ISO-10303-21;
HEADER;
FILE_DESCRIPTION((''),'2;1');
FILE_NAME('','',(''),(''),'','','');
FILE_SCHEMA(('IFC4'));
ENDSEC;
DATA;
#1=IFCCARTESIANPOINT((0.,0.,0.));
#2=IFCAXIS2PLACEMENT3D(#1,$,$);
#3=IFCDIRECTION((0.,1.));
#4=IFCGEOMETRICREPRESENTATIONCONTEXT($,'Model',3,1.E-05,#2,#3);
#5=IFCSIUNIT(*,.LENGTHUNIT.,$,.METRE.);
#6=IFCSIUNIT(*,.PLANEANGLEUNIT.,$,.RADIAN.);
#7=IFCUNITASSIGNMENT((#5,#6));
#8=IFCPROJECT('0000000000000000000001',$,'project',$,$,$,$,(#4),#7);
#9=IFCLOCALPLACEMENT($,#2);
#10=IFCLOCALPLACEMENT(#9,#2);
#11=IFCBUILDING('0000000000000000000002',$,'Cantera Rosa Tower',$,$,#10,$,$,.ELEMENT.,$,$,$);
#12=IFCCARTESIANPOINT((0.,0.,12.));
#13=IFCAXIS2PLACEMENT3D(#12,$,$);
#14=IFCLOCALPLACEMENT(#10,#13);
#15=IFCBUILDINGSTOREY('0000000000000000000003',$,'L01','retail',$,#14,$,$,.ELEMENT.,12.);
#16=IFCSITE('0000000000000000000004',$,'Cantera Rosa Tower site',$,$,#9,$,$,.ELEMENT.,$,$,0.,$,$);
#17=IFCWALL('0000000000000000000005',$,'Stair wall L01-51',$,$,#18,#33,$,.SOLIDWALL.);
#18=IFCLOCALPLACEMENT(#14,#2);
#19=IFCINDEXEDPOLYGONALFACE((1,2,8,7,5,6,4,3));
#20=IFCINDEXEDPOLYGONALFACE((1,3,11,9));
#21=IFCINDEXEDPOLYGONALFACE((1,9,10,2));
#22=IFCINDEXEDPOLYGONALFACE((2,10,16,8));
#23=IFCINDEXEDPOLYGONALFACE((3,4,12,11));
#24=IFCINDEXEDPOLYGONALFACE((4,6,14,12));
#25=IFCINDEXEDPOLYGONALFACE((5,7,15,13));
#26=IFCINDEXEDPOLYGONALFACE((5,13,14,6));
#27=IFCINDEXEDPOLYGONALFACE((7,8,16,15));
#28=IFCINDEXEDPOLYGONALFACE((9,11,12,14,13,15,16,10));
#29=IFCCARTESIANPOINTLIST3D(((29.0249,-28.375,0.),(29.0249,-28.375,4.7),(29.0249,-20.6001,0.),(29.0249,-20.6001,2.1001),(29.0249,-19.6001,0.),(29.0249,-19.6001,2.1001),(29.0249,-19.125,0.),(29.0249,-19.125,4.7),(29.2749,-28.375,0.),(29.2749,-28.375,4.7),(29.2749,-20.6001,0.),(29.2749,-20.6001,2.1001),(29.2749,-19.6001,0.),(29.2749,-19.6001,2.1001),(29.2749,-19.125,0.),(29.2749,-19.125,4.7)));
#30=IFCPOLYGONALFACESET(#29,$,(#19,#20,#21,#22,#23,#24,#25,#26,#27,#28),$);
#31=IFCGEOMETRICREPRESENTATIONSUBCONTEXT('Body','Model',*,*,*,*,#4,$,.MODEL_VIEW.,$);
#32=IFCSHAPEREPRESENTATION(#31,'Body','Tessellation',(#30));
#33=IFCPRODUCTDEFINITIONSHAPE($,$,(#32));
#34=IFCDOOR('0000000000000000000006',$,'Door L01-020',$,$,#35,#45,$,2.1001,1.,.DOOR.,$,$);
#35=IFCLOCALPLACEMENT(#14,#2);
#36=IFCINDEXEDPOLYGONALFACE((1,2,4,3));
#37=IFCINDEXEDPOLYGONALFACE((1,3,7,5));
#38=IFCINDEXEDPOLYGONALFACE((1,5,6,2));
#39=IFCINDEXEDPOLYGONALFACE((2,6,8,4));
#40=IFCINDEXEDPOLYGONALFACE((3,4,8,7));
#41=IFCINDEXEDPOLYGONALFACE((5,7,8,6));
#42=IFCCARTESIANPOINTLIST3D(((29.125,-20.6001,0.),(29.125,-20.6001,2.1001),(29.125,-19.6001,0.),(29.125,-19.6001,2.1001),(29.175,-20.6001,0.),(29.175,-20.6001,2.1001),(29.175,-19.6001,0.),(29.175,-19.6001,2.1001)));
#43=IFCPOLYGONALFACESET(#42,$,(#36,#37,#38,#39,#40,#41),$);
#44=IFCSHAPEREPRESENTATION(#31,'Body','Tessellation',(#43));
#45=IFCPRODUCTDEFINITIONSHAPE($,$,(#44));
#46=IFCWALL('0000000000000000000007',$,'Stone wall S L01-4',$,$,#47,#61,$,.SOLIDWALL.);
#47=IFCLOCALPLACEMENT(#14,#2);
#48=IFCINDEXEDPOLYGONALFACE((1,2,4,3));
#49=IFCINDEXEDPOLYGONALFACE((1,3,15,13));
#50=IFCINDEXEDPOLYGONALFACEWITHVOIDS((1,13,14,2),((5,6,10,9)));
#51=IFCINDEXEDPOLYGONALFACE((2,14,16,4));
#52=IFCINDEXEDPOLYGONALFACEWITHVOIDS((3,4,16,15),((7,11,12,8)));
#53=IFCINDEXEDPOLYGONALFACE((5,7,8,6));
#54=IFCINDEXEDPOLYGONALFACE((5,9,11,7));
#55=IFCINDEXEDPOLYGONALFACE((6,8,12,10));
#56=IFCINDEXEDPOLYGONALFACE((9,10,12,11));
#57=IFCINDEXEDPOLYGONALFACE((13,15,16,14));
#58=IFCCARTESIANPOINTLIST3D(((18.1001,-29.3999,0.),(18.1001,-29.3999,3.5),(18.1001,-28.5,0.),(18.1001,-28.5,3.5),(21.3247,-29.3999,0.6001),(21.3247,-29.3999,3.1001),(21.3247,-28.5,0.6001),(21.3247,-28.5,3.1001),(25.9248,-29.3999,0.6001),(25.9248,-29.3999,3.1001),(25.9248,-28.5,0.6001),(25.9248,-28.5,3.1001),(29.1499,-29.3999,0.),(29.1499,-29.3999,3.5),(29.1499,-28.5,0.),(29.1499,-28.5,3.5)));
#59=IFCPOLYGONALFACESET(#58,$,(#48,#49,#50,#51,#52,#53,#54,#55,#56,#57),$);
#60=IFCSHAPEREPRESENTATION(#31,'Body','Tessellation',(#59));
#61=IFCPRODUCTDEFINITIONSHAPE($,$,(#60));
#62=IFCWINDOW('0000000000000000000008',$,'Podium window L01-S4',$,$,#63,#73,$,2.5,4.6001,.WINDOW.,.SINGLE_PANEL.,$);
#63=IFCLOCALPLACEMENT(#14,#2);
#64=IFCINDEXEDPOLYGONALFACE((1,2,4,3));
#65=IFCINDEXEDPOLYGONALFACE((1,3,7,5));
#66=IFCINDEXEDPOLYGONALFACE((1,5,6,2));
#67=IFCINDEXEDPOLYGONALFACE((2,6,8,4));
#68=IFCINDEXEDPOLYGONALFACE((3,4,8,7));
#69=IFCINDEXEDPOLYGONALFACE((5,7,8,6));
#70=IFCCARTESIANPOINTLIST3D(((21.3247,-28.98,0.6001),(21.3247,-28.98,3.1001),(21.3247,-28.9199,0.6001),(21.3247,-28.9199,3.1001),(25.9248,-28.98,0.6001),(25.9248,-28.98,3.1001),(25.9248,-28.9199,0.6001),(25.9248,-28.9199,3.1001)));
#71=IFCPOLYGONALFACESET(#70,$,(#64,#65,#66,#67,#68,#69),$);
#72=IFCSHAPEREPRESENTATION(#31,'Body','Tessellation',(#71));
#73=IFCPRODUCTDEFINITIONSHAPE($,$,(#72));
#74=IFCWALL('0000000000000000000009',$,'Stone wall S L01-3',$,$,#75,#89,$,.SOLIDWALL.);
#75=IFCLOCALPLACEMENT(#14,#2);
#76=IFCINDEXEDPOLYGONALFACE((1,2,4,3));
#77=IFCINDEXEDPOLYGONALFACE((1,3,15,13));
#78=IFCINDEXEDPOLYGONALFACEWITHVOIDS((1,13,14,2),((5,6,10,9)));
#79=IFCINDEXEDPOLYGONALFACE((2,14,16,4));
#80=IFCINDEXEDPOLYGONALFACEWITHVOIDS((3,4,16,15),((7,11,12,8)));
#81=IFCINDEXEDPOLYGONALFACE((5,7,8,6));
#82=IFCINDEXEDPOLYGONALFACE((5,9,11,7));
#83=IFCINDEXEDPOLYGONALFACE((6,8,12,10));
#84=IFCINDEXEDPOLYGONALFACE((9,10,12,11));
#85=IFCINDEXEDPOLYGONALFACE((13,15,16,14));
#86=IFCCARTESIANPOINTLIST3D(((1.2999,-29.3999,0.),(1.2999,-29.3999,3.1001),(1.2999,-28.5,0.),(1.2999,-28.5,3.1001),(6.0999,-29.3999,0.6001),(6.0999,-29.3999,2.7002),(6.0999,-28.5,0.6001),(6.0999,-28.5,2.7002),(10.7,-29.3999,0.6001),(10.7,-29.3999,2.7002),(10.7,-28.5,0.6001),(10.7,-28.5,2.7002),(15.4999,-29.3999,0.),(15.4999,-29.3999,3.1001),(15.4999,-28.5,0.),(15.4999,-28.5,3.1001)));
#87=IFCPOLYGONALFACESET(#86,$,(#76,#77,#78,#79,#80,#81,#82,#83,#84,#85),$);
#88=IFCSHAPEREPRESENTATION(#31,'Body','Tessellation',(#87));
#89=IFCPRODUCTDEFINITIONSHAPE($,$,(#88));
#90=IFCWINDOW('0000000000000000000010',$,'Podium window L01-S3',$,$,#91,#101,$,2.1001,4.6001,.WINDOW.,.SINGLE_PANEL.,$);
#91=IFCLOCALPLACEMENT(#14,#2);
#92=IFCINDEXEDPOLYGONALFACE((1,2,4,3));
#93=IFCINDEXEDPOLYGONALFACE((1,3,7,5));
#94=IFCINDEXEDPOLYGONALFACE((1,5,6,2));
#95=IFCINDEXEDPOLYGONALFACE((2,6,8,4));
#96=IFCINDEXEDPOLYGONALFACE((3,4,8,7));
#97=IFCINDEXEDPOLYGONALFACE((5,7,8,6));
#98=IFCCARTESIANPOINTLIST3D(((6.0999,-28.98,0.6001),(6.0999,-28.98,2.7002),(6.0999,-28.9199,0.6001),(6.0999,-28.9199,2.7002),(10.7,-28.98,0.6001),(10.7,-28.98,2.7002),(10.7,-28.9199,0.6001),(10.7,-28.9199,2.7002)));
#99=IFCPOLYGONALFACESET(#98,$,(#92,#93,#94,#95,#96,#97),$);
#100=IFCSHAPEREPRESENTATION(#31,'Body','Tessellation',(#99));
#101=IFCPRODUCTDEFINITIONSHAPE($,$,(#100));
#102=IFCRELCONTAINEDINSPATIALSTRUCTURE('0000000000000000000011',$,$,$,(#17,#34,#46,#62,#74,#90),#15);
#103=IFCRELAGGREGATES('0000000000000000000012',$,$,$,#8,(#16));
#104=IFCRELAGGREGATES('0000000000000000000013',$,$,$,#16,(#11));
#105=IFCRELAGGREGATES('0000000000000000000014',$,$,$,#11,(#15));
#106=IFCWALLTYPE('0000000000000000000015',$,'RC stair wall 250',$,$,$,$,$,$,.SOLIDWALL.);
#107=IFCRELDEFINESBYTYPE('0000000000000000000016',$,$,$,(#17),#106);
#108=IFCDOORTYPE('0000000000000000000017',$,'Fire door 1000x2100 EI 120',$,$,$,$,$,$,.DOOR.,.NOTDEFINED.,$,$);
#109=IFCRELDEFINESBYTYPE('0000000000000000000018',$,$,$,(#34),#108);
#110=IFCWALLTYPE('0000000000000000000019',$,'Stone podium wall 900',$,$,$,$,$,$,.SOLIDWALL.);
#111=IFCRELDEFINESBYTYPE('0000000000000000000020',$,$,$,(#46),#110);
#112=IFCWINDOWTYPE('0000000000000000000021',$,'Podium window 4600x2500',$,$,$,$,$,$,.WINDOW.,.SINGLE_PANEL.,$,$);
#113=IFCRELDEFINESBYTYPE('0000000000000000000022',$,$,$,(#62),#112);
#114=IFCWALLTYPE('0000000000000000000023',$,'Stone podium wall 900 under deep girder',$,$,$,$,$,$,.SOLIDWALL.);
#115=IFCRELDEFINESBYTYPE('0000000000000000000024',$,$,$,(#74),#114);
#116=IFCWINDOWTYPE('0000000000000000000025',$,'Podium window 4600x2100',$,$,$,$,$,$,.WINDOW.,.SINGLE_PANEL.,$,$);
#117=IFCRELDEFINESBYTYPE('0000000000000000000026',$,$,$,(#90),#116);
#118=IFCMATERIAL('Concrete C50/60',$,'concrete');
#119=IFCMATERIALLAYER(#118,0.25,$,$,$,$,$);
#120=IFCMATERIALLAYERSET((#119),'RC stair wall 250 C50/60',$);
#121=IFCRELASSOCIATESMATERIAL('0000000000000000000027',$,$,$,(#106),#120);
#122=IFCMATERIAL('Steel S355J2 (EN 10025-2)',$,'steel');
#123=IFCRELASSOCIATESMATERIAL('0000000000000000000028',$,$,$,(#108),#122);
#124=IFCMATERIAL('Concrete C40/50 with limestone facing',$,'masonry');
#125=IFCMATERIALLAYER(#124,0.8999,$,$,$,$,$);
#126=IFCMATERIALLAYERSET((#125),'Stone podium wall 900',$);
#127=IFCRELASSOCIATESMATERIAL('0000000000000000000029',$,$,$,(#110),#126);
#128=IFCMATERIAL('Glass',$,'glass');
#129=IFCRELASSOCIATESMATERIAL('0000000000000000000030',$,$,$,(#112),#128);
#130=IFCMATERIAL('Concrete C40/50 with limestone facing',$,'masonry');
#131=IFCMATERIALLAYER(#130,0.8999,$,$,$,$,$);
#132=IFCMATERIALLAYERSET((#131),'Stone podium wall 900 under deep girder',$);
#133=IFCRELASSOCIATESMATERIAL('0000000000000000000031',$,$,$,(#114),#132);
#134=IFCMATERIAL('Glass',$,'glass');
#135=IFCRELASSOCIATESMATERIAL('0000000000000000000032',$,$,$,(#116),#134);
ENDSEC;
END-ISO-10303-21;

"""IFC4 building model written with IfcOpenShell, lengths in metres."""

from ifc_helpers import new_model, si_unit, direction, frame, frame_2d, origin, place, context, subcontext, project, spatial, rectangle, extrude, material, layer, layer_set, type_object, element, fill, save


model = new_model("IFC4")

# Units and contexts
model_context = context("Model", 3, precision=1e-05, world=origin(), true_north=direction((0.0, 1.0)))
body_context = subcontext(model_context, "Body", "Model", "MODEL_VIEW")
ifc_project = project(units=[si_unit("LENGTHUNIT", "METRE"), si_unit("PLANEANGLEUNIT", "RADIAN")], contexts=[model_context])

# Site, building, storey
site_placement = place(None, origin())
site = spatial("IfcSite", under=ifc_project, at=site_placement, Name="Cantera Rosa Tower site", CompositionType="ELEMENT", RefElevation=0.0)
building_placement = place(site_placement, origin())
building = spatial("IfcBuilding", under=site, at=building_placement, Name="Cantera Rosa Tower", CompositionType="ELEMENT")
storey_placement = place(building_placement, frame((0.0, 0.0, 12.0)))
storey = spatial("IfcBuildingStorey", under=building, at=storey_placement, Name="L01", Description="retail", CompositionType="ELEMENT", Elevation=12.0)

# Shared definitions
ifc_material_1 = material(Name="Concrete C50/60", Category="concrete")
ifc_layer_1 = layer(ifc_material_1, 0.25)
ifc_layer_set_1 = layer_set([ifc_layer_1], Name="RC stair wall 250 C50/60")
wall_type_1 = type_object("IfcWallType", Name="RC stair wall 250", PredefinedType="SOLIDWALL", material=ifc_layer_set_1)

# Wall, opening, door
wall_1_placement = place(storey_placement, frame((29.1499, -28.375, 0.0), z_axis=(0.0, 0.0, 1.0), x_axis=(0.0, 1.0, 0.0)))
wall_1 = element("IfcWall", 1, at=wall_1_placement, inside=storey, type_object=wall_type_1, Name="Stair wall L01-51", PredefinedType="SOLIDWALL", context=body_context, shape_type="SweptSolid", body=[
    extrude(rectangle(XDim=9.25, YDim=0.25, at=frame_2d((4.625, 0.0))), origin(), (0.0, 0.0, 1.0), 4.7),
])
opening_1_placement = place(wall_1_placement, frame((7.7749, 0.0, 0.0)))
opening_1 = element("IfcOpeningElement", 2, at=opening_1_placement, cuts=wall_1, PredefinedType="OPENING", context=body_context, shape_type="SweptSolid", body=[
    extrude(rectangle(XDim=1.0, YDim=2.1001, at=frame_2d((0.5, 1.05))), frame((0.0, 0.135, 0.0), z_axis=(0.0, -1.0, 0.0), x_axis=(1.0, 0.0, 0.0)), (0.0, 0.0, 1.0), 0.27),
])
ifc_material_2 = material(Name="Steel S355J2 (EN 10025-2)", Category="steel")
door_type = type_object("IfcDoorType", Name="Fire door 1000x2100 EI 120", OperationType="NOTDEFINED", PredefinedType="DOOR", material=ifc_material_2)
door_placement = place(opening_1_placement, origin())
door = element("IfcDoor", 3, at=door_placement, inside=storey, type_object=door_type, Name="Door L01-020", OverallHeight=2.1001, OverallWidth=1.0, PredefinedType="DOOR", context=body_context, shape_type="SweptSolid", body=[
    extrude(rectangle(XDim=1.0, YDim=2.1001, at=frame_2d((0.5, 1.05))), frame((0.0, 0.0249, 0.0), z_axis=(0.0, -1.0, 0.0), x_axis=(1.0, 0.0, 0.0)), (0.0, 0.0, 1.0), 0.05),
])
fill(opening_1, door)

# Walls, openings, windows
ifc_material_3 = material(Name="Concrete C40/50 with limestone facing", Category="masonry")
ifc_layer_2 = layer(ifc_material_3, 0.8999)
ifc_layer_set_2 = layer_set([ifc_layer_2], Name="Stone podium wall 900")
wall_type_2 = type_object("IfcWallType", Name="Stone podium wall 900", PredefinedType="SOLIDWALL", material=ifc_layer_set_2)
wall_2_placement = place(storey_placement, frame((29.1499, -28.95, 0.0), z_axis=(0.0, 0.0, 1.0), x_axis=(-1.0, 0.0, 0.0)))
wall_2 = element("IfcWall", 4, at=wall_2_placement, inside=storey, type_object=wall_type_2, Name="Stone wall S L01-4", PredefinedType="SOLIDWALL", context=body_context, shape_type="SweptSolid", body=[
    extrude(rectangle(XDim=11.0498, YDim=0.8999, at=frame_2d((5.5249, 0.0))), origin(), (0.0, 0.0, 1.0), 3.5),
])
opening_2_placement = place(wall_2_placement, frame((3.2251, 0.0, 0.6001)))
opening_2 = element("IfcOpeningElement", 5, at=opening_2_placement, cuts=wall_2, PredefinedType="OPENING", context=body_context, shape_type="SweptSolid", body=[
    extrude(rectangle(XDim=4.6001, YDim=2.5, at=frame_2d((2.3, 1.25))), frame((0.0, 0.46, 0.0), z_axis=(0.0, -1.0, 0.0), x_axis=(1.0, 0.0, 0.0)), (0.0, 0.0, 1.0), 0.9199),
])
ifc_material_4 = material(Name="Glass", Category="glass")
window_type_1 = type_object("IfcWindowType", Name="Podium window 4600x2500", PartitioningType="SINGLE_PANEL", PredefinedType="WINDOW", material=ifc_material_4)
window_1_placement = place(opening_2_placement, origin())
window_1 = element("IfcWindow", 6, at=window_1_placement, inside=storey, type_object=window_type_1, Name="Podium window L01-S4", OverallHeight=2.5, OverallWidth=4.6001, PartitioningType="SINGLE_PANEL", PredefinedType="WINDOW", context=body_context, shape_type="SweptSolid", body=[
    extrude(rectangle(XDim=4.6001, YDim=2.5, at=frame_2d((2.3, 1.25))), frame((0.0, 0.03, 0.0), z_axis=(0.0, -1.0, 0.0), x_axis=(1.0, 0.0, 0.0)), (0.0, 0.0, 1.0), 0.0601),
])
fill(opening_2, window_1)
ifc_material_5 = material(Name="Concrete C40/50 with limestone facing", Category="masonry")
ifc_layer_3 = layer(ifc_material_5, 0.8999)
ifc_layer_set_3 = layer_set([ifc_layer_3], Name="Stone podium wall 900 under deep girder")
wall_type_3 = type_object("IfcWallType", Name="Stone podium wall 900 under deep girder", PredefinedType="SOLIDWALL", material=ifc_layer_set_3)
wall_3_placement = place(storey_placement, frame((15.5, -28.95, 0.0), z_axis=(0.0, 0.0, 1.0), x_axis=(-1.0, 0.0, 0.0)))
wall_3 = element("IfcWall", 7, at=wall_3_placement, inside=storey, type_object=wall_type_3, Name="Stone wall S L01-3", PredefinedType="SOLIDWALL", context=body_context, shape_type="SweptSolid", body=[
    extrude(rectangle(XDim=14.2, YDim=0.8999, at=frame_2d((7.1001, 0.0))), origin(), (0.0, 0.0, 1.0), 3.1001),
])
opening_3_placement = place(wall_3_placement, frame((4.8, 0.0, 0.6001)))
opening_3 = element("IfcOpeningElement", 8, at=opening_3_placement, cuts=wall_3, PredefinedType="OPENING", context=body_context, shape_type="SweptSolid", body=[
    extrude(rectangle(XDim=4.6001, YDim=2.1001, at=frame_2d((2.3, 1.05))), frame((0.0, 0.46, 0.0), z_axis=(0.0, -1.0, 0.0), x_axis=(1.0, 0.0, 0.0)), (0.0, 0.0, 1.0), 0.9199),
])
ifc_material_6 = material(Name="Glass", Category="glass")
window_type_2 = type_object("IfcWindowType", Name="Podium window 4600x2100", PartitioningType="SINGLE_PANEL", PredefinedType="WINDOW", material=ifc_material_6)
window_2_placement = place(opening_3_placement, origin())
window_2 = element("IfcWindow", 9, at=window_2_placement, inside=storey, type_object=window_type_2, Name="Podium window L01-S3", OverallHeight=2.1001, OverallWidth=4.6001, PartitioningType="SINGLE_PANEL", PredefinedType="WINDOW", context=body_context, shape_type="SweptSolid", body=[
    extrude(rectangle(XDim=4.6001, YDim=2.1001, at=frame_2d((2.3, 1.05))), frame((0.0, 0.03, 0.0), z_axis=(0.0, -1.0, 0.0), x_axis=(1.0, 0.0, 0.0)), (0.0, 0.0, 1.0), 0.0601),
])
fill(opening_3, window_2)

save(model, "model.ifc")
